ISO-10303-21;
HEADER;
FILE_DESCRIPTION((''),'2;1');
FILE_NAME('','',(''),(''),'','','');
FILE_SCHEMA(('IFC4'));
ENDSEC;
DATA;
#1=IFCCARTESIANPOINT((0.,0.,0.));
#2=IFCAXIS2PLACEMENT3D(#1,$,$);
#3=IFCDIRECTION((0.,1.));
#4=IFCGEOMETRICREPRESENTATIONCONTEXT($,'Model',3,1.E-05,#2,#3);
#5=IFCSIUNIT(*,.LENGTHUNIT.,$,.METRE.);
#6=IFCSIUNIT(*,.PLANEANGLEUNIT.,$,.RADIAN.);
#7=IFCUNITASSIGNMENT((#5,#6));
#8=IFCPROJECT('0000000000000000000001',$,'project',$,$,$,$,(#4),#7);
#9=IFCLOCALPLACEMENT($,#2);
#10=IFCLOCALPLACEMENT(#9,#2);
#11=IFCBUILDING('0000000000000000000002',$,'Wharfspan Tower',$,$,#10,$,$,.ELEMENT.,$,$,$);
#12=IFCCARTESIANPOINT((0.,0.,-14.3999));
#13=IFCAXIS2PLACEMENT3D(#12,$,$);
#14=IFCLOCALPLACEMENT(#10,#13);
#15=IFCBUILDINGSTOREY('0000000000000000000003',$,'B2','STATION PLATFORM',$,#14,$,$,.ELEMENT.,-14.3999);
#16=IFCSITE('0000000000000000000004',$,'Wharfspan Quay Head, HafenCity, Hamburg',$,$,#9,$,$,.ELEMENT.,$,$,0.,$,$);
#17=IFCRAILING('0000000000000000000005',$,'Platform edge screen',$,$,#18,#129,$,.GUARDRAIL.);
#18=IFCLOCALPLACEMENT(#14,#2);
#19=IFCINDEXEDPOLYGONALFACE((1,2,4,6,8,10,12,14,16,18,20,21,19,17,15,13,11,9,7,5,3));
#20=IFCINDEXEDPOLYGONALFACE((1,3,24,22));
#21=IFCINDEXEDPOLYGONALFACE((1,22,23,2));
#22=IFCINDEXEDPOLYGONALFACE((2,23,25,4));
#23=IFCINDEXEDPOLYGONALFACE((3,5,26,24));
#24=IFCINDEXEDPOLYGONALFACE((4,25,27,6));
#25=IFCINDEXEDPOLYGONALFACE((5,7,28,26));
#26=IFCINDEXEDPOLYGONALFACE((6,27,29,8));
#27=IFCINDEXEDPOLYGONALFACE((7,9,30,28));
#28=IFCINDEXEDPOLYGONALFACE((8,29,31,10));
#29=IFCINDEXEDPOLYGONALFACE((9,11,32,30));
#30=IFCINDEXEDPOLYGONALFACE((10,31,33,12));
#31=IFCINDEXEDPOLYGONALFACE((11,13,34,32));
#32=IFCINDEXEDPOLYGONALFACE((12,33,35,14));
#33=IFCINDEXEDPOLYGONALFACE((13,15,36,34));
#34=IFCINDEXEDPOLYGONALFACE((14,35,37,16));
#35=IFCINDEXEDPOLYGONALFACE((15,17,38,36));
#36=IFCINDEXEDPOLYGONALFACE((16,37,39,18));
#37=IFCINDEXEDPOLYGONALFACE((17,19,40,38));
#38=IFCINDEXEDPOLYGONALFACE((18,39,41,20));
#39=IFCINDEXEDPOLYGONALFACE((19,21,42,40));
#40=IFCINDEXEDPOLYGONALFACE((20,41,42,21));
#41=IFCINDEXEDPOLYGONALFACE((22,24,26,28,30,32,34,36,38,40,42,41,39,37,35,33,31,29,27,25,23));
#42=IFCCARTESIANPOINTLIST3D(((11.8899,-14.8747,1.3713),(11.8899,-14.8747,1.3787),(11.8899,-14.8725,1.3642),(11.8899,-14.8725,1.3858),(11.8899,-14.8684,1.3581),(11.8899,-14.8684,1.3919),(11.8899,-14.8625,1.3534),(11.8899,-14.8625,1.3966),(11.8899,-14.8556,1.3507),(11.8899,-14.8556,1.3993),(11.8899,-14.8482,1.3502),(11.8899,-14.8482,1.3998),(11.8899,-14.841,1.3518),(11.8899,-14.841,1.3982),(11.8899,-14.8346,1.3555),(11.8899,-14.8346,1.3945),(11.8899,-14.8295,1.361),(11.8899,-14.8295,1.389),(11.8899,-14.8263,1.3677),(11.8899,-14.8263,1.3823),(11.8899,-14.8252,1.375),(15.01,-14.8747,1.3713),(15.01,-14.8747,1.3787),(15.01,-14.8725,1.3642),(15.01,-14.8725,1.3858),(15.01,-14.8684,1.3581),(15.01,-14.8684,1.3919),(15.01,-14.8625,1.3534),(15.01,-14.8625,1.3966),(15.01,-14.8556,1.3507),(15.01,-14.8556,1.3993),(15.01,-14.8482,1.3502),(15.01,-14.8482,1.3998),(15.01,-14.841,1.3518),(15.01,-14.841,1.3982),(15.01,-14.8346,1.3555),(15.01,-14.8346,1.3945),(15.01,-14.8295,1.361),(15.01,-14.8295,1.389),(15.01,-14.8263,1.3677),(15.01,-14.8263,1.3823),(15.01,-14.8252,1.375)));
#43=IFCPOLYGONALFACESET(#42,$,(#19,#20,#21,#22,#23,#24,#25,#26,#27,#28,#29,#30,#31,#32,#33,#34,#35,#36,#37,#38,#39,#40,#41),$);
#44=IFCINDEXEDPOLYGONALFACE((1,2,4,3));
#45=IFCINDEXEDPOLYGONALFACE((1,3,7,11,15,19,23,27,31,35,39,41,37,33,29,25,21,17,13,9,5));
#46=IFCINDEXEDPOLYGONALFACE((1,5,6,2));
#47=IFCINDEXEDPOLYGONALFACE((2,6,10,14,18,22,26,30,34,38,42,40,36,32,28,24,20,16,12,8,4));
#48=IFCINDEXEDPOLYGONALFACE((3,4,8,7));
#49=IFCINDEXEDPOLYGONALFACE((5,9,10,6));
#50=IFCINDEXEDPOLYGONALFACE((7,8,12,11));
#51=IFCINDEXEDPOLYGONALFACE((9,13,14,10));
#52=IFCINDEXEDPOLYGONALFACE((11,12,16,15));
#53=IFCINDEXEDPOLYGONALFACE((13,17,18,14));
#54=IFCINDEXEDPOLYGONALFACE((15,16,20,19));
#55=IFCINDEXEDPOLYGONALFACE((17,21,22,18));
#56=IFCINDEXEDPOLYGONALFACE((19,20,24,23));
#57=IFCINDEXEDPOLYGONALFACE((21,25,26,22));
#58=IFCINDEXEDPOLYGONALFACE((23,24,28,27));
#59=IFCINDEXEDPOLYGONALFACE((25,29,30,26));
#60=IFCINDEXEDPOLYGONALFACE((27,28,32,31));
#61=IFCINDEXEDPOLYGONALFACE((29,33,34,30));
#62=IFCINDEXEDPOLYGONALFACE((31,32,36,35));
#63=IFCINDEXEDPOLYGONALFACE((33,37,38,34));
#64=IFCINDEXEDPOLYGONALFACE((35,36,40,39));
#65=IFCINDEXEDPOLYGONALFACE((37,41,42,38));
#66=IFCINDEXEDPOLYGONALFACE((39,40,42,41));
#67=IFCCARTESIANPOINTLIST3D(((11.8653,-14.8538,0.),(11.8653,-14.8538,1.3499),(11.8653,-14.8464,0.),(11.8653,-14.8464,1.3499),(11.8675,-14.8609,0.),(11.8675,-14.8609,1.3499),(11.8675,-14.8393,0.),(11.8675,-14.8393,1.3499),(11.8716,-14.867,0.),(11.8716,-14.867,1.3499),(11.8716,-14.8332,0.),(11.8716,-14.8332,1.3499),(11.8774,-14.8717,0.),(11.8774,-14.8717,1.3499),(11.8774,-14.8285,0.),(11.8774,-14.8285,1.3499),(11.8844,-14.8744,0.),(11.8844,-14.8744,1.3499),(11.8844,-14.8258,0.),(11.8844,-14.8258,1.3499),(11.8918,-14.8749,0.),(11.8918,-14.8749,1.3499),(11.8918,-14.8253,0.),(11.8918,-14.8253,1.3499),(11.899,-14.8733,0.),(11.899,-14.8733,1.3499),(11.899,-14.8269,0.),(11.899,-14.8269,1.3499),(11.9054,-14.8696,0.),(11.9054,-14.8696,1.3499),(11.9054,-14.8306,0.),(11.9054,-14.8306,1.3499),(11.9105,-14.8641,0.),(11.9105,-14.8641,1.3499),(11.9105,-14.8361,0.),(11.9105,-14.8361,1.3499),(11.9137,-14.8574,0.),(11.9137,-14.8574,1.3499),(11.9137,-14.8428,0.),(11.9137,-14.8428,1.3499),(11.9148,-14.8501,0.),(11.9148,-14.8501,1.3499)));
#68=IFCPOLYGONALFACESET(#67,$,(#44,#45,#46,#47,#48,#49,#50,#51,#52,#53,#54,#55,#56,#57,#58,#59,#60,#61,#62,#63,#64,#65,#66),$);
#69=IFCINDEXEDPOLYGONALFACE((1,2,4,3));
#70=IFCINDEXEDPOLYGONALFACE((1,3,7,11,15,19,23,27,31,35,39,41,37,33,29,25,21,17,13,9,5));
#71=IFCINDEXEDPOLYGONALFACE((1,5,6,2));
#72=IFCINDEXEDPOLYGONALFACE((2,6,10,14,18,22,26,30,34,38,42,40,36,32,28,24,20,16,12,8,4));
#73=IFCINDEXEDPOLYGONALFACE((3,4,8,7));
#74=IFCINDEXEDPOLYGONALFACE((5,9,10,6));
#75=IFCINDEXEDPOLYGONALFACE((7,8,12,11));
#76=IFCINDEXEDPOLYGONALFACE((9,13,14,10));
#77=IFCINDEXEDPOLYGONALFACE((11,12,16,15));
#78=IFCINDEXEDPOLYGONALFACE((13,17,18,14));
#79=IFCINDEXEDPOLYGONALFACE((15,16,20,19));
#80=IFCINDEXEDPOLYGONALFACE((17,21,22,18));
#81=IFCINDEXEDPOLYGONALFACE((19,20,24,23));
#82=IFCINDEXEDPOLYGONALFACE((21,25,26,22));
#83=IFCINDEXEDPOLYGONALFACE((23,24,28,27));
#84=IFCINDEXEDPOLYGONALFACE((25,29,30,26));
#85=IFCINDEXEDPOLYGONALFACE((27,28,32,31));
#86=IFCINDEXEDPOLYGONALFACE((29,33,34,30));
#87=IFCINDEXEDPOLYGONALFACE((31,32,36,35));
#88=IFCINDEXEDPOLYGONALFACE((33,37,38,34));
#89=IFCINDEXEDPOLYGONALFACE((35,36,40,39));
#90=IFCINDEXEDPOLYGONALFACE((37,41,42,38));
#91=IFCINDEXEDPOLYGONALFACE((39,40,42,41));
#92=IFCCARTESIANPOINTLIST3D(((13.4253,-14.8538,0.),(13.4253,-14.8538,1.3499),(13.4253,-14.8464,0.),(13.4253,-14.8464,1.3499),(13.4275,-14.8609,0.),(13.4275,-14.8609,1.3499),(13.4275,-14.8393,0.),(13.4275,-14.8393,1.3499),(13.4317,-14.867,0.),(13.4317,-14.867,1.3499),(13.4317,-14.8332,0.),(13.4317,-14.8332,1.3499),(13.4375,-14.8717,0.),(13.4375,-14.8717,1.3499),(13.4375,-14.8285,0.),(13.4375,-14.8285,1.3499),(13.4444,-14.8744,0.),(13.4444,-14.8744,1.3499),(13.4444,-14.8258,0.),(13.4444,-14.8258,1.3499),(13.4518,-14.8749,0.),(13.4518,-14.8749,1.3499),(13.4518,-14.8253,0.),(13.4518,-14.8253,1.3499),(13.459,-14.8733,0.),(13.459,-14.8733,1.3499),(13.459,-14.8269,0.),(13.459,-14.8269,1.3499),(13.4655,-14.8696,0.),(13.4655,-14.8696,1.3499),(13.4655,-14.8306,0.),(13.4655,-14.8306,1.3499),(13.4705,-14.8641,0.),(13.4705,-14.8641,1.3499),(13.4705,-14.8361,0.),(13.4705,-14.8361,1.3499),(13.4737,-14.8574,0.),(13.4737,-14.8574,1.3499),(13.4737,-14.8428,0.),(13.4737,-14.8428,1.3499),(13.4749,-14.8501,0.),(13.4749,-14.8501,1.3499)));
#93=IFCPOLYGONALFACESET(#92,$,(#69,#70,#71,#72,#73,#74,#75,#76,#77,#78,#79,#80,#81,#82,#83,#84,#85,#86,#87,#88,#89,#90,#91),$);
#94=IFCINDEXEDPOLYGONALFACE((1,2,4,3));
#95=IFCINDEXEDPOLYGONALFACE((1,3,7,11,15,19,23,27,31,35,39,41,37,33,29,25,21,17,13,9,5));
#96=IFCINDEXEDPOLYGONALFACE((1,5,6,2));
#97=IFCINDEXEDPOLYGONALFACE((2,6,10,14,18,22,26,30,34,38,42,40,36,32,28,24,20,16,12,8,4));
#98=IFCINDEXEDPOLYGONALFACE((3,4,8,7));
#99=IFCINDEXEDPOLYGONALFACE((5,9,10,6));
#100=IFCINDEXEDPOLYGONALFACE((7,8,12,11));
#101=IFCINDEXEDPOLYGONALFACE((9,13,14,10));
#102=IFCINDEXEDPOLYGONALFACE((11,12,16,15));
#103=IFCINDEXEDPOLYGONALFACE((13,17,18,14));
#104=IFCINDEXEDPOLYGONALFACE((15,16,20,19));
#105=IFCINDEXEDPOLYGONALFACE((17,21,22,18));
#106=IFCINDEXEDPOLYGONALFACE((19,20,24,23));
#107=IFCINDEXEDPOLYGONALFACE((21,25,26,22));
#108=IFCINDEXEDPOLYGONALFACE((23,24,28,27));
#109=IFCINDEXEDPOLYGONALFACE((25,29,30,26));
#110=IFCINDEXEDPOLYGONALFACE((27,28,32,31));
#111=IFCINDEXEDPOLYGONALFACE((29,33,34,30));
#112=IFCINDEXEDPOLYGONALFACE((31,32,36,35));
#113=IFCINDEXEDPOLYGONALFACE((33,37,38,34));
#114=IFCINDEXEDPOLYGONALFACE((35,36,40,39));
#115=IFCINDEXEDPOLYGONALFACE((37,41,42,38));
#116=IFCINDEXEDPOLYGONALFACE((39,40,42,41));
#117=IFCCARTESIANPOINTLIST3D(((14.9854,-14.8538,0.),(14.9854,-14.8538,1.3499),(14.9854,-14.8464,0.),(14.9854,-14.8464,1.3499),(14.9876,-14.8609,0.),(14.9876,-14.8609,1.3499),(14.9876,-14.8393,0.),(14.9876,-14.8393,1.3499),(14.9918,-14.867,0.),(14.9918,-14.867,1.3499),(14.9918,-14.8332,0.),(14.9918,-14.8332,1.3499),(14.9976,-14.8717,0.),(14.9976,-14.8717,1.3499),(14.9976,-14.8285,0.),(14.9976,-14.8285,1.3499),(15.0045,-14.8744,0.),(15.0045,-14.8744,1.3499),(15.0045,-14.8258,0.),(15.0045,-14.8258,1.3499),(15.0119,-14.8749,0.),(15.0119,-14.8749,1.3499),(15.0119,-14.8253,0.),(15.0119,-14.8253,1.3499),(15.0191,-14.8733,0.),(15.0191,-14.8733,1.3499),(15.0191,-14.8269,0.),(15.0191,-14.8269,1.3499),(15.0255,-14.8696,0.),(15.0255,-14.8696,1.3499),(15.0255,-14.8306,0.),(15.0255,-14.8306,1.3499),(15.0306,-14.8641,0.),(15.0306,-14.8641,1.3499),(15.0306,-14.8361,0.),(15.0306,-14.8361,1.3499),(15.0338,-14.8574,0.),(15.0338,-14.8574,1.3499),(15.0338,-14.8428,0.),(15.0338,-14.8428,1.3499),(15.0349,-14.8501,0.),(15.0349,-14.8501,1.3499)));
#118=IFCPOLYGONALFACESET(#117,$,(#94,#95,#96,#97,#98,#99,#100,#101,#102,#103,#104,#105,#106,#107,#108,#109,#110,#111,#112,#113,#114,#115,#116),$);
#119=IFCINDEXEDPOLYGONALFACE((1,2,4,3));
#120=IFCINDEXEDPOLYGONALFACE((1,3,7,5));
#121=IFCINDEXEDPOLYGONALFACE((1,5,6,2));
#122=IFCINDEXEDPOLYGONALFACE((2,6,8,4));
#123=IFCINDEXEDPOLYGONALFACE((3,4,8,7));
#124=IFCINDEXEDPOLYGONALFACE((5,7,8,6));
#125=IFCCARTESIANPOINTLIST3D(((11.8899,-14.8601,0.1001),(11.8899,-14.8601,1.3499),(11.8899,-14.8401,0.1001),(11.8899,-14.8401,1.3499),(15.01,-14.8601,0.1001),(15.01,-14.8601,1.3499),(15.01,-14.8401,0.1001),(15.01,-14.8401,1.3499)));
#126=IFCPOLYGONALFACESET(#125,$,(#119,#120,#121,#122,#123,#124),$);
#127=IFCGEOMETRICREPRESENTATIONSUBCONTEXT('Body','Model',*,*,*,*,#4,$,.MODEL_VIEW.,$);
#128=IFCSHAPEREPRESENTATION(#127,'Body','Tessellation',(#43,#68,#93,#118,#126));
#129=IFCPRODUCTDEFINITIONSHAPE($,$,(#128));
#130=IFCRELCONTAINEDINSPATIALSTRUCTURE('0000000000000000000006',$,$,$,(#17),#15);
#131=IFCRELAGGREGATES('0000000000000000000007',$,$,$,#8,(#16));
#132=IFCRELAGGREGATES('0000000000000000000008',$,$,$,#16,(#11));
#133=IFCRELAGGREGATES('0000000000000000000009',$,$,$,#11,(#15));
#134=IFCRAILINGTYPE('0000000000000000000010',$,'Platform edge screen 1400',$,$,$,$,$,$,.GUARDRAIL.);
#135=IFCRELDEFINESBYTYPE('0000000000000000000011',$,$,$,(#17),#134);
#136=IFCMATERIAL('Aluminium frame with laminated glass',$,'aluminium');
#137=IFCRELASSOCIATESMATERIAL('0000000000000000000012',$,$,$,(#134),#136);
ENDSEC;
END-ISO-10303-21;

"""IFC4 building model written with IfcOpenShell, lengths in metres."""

from ifc_helpers import new_model, si_unit, direction, frame, origin, origin_2d, place, context, subcontext, project, spatial, rectangle, circle, extrude, material, type_object, element, save


model = new_model("IFC4")

# Units and contexts
model_context = context("Model", 3, precision=1e-05, world=origin(), true_north=direction((0.0, 1.0)))
body_context = subcontext(model_context, "Body", "Model", "MODEL_VIEW")
ifc_project = project(units=[si_unit("LENGTHUNIT", "METRE"), si_unit("PLANEANGLEUNIT", "RADIAN")], contexts=[model_context])

# Site, building, storey
site_placement = place(None, origin())
site = spatial("IfcSite", under=ifc_project, at=site_placement, Name="Wharfspan Quay Head, HafenCity, Hamburg", CompositionType="ELEMENT", RefElevation=0.0)
building_placement = place(site_placement, origin())
building = spatial("IfcBuilding", under=site, at=building_placement, Name="Wharfspan Tower", CompositionType="ELEMENT")
storey_placement = place(building_placement, frame((0.0, 0.0, -14.3999)))
storey = spatial("IfcBuildingStorey", under=building, at=storey_placement, Name="B2", Description="STATION PLATFORM", CompositionType="ELEMENT", Elevation=-14.3999)

# Railing
ifc_material_1 = material(Name="Aluminium frame with laminated glass", Category="aluminium")
railing_type_1 = type_object("IfcRailingType", Name="Platform edge screen 1400", PredefinedType="GUARDRAIL", material=ifc_material_1)
for number, where, name in (
    (1, (11.8899, -14.8501, 0.0), "Platform edge screen"),
):
    element("IfcRailing", number, at=place(storey_placement, frame(where)), inside=storey, type_object=railing_type_1, Name=name, PredefinedType="GUARDRAIL", context=body_context, shape_type="SweptSolid", body=[
        extrude(circle(Radius=0.0249, at=origin_2d()), frame((0.0, 0.0, 1.375), z_axis=(1.0, 0.0, 0.0), x_axis=(0.0, 1.0, 0.0)), (0.0, 0.0, 1.0), 3.1201),
        extrude(circle(Radius=0.0249, at=origin_2d()), origin(), (0.0, 0.0, 1.0), 1.3499),
        extrude(circle(Radius=0.0249, at=origin_2d()), frame((1.5601, 0.0, 0.0)), (0.0, 0.0, 1.0), 1.3499),
        extrude(circle(Radius=0.0249, at=origin_2d()), frame((3.1201, 0.0, 0.0)), (0.0, 0.0, 1.0), 1.3499),
        extrude(rectangle(XDim=3.1201, YDim=0.02, at=origin_2d()), frame((1.5601, 0.0, 0.1001), z_axis=(0.0, 0.0, 1.0), x_axis=(1.0, 0.0, 0.0)), (0.0, 0.0, 1.0), 1.2498),
    ])

save(model, "model.ifc")
